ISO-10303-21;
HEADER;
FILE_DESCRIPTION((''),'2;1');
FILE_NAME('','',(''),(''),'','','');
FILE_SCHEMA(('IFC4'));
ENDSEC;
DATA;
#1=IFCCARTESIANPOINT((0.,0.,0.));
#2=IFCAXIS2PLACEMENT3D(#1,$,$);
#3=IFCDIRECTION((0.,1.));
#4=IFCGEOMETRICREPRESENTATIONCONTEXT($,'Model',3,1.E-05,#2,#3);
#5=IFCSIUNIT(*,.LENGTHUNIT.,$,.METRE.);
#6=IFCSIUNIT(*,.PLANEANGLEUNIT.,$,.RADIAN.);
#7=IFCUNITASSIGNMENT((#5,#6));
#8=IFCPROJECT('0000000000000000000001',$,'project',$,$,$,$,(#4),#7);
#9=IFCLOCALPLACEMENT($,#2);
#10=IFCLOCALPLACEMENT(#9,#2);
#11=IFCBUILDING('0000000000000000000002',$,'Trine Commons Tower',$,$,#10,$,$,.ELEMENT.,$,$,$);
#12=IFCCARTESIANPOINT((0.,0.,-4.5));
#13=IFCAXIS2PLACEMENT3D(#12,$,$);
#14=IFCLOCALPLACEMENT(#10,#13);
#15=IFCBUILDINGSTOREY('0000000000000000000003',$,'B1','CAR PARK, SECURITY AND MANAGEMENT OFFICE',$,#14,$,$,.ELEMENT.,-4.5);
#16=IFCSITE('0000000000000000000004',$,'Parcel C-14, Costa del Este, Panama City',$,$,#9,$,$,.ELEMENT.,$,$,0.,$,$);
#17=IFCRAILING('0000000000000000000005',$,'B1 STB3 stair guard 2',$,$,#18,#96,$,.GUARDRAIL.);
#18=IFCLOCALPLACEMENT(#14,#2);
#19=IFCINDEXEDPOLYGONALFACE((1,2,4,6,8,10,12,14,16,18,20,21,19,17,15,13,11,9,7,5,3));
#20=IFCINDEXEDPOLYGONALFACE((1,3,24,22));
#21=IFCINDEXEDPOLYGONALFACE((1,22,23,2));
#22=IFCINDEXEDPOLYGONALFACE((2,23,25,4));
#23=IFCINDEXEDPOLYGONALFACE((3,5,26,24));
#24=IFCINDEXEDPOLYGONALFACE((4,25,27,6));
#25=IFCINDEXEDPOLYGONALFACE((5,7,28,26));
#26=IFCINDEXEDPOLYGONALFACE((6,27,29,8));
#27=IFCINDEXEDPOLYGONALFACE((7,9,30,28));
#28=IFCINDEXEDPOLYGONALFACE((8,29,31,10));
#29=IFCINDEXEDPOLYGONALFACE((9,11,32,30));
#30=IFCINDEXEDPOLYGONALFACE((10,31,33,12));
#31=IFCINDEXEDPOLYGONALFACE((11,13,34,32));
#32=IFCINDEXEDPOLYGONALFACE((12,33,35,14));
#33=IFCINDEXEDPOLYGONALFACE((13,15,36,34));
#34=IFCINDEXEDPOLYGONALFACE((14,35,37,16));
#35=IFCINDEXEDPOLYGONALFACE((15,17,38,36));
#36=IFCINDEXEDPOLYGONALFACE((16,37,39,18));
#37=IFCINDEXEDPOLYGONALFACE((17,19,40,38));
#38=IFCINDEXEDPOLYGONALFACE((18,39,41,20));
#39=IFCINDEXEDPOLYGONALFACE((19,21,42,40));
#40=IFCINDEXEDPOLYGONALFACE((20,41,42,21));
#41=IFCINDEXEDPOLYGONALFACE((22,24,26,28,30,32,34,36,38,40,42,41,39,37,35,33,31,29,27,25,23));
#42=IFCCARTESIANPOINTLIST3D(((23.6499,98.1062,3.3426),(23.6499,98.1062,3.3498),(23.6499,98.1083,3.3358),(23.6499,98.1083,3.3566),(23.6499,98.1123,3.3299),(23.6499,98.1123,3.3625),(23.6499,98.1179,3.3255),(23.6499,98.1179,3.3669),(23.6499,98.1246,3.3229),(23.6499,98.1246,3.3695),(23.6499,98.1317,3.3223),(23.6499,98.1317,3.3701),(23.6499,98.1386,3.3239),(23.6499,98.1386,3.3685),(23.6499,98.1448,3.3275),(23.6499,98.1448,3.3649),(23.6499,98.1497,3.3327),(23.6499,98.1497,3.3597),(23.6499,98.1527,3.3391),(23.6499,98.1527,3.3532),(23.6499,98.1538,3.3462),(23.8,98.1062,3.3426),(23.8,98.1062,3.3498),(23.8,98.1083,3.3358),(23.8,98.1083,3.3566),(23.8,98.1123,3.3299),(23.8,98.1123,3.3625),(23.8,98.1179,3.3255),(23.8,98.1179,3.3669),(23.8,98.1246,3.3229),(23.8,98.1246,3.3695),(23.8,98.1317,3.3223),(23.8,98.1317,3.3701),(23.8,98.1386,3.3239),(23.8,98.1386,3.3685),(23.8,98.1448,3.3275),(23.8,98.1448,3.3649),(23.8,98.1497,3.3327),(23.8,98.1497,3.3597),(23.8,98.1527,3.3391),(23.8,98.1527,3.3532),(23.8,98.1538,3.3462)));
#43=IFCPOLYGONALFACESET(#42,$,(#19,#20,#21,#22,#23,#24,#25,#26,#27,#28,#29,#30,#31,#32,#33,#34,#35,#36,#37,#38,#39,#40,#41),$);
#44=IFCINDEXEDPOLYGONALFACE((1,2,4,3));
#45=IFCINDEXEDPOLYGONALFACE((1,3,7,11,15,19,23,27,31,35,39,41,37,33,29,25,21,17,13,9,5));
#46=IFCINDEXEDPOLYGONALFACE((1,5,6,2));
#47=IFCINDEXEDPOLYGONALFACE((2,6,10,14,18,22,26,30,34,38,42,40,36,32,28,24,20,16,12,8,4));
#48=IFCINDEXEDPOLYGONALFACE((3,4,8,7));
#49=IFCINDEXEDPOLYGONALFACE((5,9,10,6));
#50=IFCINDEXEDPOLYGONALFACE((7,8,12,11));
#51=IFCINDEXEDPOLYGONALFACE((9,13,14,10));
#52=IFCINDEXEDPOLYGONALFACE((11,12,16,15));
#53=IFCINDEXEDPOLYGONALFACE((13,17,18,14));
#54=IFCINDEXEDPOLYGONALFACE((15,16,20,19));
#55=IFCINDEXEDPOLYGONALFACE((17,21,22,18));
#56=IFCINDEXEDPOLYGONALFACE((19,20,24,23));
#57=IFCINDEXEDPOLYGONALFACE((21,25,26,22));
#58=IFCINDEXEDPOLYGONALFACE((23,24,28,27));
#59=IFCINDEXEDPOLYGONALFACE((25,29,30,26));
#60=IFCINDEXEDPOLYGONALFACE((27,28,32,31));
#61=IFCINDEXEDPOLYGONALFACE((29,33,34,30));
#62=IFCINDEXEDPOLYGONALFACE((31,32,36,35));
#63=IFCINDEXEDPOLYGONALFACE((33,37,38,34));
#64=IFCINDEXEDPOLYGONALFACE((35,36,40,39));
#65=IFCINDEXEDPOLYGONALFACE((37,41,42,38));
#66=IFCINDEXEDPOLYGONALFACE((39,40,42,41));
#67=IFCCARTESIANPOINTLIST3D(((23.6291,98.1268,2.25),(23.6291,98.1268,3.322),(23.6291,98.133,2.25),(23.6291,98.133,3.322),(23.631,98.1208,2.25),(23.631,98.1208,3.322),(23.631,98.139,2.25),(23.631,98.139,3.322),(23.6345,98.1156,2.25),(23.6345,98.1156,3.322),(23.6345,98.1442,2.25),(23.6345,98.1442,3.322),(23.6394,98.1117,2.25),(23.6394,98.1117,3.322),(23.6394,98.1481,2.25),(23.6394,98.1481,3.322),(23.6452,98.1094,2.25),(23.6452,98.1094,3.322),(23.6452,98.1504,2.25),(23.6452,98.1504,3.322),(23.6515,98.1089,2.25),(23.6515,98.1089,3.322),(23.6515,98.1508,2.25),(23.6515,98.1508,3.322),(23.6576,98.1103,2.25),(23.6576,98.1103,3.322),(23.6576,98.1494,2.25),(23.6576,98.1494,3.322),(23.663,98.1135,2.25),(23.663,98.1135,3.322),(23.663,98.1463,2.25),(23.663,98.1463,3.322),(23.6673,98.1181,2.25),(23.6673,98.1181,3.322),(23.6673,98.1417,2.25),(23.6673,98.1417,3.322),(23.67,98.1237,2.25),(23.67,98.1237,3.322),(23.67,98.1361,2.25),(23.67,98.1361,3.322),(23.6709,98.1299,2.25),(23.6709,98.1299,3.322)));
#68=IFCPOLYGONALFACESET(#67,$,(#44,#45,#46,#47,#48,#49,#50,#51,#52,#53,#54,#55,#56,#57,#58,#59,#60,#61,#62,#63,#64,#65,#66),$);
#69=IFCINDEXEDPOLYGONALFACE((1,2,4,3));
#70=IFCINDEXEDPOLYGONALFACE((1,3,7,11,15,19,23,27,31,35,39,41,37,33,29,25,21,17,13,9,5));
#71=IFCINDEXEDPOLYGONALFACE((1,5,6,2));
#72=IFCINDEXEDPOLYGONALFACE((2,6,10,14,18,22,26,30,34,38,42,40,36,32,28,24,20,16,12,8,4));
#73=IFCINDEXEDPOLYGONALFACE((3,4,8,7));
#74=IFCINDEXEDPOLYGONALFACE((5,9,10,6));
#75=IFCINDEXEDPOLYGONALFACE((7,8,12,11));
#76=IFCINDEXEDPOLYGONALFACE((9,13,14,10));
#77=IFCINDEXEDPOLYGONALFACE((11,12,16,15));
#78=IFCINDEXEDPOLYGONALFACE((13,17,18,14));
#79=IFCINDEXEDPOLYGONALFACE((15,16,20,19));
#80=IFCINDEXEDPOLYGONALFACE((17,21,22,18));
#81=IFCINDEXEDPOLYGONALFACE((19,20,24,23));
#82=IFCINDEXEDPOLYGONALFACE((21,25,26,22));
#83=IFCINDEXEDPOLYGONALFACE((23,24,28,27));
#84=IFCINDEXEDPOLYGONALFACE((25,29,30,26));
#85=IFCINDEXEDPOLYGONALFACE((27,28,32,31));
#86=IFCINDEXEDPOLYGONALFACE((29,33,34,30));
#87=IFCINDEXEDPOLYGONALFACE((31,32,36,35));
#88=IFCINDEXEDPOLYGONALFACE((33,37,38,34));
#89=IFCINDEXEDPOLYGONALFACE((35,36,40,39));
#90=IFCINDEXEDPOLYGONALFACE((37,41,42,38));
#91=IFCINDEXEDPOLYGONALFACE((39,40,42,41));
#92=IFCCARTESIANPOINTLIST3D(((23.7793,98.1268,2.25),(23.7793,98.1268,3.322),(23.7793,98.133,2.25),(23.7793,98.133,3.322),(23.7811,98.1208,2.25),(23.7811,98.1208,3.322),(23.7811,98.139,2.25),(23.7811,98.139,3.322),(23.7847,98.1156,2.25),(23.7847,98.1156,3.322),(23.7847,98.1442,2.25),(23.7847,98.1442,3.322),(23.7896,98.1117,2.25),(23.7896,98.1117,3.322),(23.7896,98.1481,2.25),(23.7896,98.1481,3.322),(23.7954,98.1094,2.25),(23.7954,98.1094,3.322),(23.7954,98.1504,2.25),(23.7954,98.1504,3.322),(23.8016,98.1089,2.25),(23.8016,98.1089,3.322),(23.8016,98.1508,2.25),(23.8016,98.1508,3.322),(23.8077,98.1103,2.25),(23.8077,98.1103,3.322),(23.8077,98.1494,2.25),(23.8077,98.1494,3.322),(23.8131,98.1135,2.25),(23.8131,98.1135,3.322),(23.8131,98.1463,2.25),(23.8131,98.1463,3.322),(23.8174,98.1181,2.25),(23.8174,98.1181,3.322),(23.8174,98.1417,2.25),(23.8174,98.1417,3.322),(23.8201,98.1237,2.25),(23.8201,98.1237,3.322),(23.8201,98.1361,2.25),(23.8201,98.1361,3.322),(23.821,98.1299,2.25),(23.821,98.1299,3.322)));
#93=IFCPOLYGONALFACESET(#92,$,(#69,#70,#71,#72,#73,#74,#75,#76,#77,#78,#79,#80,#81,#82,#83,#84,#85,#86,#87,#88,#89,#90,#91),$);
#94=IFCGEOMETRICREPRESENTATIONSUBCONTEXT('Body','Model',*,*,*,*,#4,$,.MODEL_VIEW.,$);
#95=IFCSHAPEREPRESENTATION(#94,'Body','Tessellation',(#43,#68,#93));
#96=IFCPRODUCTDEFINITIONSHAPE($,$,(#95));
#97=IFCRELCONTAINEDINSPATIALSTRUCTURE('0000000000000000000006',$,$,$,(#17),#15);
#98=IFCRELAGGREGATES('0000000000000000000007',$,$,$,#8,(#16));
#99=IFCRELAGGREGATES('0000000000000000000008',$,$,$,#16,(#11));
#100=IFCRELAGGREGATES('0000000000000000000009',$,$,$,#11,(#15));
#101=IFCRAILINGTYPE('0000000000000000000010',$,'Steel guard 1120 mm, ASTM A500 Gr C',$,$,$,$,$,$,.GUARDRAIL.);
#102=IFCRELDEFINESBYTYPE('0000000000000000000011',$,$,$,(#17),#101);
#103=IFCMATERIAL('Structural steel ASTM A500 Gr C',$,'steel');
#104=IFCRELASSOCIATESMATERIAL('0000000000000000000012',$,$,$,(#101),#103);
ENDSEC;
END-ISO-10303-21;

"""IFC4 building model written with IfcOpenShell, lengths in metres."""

from ifc_helpers import new_model, si_unit, direction, frame, origin, origin_2d, place, context, subcontext, project, spatial, circle, extrude, material, type_object, element, save


model = new_model("IFC4")

# Units and contexts
model_context = context("Model", 3, precision=1e-05, world=origin(), true_north=direction((0.0, 1.0)))
body_context = subcontext(model_context, "Body", "Model", "MODEL_VIEW")
ifc_project = project(units=[si_unit("LENGTHUNIT", "METRE"), si_unit("PLANEANGLEUNIT", "RADIAN")], contexts=[model_context])

# Site, building, storey
site_placement = place(None, origin())
site = spatial("IfcSite", under=ifc_project, at=site_placement, Name="Parcel C-14, Costa del Este, Panama City", CompositionType="ELEMENT", RefElevation=0.0)
building_placement = place(site_placement, origin())
building = spatial("IfcBuilding", under=site, at=building_placement, Name="Trine Commons Tower", CompositionType="ELEMENT")
storey_placement = place(building_placement, frame((0.0, 0.0, -4.5)))
storey = spatial("IfcBuildingStorey", under=building, at=storey_placement, Name="B1", Description="CAR PARK, SECURITY AND MANAGEMENT OFFICE", CompositionType="ELEMENT", Elevation=-4.5)

# Railing
ifc_material_1 = material(Name="Structural steel ASTM A500 Gr C", Category="steel")
railing_type_1 = type_object("IfcRailingType", Name="Steel guard 1120 mm, ASTM A500 Gr C", PredefinedType="GUARDRAIL", material=ifc_material_1)
railing_1_placement = place(storey_placement, frame((23.6499, 98.1299, 2.25)))
element("IfcRailing", 1, at=railing_1_placement, inside=storey, type_object=railing_type_1, Name="B1 STB3 stair guard 2", PredefinedType="GUARDRAIL", context=body_context, shape_type="SweptSolid", body=[
    extrude(circle(Radius=0.0239, at=origin_2d()), frame((0.0, 0.0, 1.0962), z_axis=(1.0, 0.0, 0.0), x_axis=(0.0, 1.0, 0.0)), (0.0, 0.0, 1.0), 0.1501),
    extrude(circle(Radius=0.021, at=origin_2d()), origin(), (0.0, 0.0, 1.0), 1.072),
    extrude(circle(Radius=0.021, at=origin_2d()), frame((0.1501, 0.0, 0.0)), (0.0, 0.0, 1.0), 1.072),
])

save(model, "model.ifc")
